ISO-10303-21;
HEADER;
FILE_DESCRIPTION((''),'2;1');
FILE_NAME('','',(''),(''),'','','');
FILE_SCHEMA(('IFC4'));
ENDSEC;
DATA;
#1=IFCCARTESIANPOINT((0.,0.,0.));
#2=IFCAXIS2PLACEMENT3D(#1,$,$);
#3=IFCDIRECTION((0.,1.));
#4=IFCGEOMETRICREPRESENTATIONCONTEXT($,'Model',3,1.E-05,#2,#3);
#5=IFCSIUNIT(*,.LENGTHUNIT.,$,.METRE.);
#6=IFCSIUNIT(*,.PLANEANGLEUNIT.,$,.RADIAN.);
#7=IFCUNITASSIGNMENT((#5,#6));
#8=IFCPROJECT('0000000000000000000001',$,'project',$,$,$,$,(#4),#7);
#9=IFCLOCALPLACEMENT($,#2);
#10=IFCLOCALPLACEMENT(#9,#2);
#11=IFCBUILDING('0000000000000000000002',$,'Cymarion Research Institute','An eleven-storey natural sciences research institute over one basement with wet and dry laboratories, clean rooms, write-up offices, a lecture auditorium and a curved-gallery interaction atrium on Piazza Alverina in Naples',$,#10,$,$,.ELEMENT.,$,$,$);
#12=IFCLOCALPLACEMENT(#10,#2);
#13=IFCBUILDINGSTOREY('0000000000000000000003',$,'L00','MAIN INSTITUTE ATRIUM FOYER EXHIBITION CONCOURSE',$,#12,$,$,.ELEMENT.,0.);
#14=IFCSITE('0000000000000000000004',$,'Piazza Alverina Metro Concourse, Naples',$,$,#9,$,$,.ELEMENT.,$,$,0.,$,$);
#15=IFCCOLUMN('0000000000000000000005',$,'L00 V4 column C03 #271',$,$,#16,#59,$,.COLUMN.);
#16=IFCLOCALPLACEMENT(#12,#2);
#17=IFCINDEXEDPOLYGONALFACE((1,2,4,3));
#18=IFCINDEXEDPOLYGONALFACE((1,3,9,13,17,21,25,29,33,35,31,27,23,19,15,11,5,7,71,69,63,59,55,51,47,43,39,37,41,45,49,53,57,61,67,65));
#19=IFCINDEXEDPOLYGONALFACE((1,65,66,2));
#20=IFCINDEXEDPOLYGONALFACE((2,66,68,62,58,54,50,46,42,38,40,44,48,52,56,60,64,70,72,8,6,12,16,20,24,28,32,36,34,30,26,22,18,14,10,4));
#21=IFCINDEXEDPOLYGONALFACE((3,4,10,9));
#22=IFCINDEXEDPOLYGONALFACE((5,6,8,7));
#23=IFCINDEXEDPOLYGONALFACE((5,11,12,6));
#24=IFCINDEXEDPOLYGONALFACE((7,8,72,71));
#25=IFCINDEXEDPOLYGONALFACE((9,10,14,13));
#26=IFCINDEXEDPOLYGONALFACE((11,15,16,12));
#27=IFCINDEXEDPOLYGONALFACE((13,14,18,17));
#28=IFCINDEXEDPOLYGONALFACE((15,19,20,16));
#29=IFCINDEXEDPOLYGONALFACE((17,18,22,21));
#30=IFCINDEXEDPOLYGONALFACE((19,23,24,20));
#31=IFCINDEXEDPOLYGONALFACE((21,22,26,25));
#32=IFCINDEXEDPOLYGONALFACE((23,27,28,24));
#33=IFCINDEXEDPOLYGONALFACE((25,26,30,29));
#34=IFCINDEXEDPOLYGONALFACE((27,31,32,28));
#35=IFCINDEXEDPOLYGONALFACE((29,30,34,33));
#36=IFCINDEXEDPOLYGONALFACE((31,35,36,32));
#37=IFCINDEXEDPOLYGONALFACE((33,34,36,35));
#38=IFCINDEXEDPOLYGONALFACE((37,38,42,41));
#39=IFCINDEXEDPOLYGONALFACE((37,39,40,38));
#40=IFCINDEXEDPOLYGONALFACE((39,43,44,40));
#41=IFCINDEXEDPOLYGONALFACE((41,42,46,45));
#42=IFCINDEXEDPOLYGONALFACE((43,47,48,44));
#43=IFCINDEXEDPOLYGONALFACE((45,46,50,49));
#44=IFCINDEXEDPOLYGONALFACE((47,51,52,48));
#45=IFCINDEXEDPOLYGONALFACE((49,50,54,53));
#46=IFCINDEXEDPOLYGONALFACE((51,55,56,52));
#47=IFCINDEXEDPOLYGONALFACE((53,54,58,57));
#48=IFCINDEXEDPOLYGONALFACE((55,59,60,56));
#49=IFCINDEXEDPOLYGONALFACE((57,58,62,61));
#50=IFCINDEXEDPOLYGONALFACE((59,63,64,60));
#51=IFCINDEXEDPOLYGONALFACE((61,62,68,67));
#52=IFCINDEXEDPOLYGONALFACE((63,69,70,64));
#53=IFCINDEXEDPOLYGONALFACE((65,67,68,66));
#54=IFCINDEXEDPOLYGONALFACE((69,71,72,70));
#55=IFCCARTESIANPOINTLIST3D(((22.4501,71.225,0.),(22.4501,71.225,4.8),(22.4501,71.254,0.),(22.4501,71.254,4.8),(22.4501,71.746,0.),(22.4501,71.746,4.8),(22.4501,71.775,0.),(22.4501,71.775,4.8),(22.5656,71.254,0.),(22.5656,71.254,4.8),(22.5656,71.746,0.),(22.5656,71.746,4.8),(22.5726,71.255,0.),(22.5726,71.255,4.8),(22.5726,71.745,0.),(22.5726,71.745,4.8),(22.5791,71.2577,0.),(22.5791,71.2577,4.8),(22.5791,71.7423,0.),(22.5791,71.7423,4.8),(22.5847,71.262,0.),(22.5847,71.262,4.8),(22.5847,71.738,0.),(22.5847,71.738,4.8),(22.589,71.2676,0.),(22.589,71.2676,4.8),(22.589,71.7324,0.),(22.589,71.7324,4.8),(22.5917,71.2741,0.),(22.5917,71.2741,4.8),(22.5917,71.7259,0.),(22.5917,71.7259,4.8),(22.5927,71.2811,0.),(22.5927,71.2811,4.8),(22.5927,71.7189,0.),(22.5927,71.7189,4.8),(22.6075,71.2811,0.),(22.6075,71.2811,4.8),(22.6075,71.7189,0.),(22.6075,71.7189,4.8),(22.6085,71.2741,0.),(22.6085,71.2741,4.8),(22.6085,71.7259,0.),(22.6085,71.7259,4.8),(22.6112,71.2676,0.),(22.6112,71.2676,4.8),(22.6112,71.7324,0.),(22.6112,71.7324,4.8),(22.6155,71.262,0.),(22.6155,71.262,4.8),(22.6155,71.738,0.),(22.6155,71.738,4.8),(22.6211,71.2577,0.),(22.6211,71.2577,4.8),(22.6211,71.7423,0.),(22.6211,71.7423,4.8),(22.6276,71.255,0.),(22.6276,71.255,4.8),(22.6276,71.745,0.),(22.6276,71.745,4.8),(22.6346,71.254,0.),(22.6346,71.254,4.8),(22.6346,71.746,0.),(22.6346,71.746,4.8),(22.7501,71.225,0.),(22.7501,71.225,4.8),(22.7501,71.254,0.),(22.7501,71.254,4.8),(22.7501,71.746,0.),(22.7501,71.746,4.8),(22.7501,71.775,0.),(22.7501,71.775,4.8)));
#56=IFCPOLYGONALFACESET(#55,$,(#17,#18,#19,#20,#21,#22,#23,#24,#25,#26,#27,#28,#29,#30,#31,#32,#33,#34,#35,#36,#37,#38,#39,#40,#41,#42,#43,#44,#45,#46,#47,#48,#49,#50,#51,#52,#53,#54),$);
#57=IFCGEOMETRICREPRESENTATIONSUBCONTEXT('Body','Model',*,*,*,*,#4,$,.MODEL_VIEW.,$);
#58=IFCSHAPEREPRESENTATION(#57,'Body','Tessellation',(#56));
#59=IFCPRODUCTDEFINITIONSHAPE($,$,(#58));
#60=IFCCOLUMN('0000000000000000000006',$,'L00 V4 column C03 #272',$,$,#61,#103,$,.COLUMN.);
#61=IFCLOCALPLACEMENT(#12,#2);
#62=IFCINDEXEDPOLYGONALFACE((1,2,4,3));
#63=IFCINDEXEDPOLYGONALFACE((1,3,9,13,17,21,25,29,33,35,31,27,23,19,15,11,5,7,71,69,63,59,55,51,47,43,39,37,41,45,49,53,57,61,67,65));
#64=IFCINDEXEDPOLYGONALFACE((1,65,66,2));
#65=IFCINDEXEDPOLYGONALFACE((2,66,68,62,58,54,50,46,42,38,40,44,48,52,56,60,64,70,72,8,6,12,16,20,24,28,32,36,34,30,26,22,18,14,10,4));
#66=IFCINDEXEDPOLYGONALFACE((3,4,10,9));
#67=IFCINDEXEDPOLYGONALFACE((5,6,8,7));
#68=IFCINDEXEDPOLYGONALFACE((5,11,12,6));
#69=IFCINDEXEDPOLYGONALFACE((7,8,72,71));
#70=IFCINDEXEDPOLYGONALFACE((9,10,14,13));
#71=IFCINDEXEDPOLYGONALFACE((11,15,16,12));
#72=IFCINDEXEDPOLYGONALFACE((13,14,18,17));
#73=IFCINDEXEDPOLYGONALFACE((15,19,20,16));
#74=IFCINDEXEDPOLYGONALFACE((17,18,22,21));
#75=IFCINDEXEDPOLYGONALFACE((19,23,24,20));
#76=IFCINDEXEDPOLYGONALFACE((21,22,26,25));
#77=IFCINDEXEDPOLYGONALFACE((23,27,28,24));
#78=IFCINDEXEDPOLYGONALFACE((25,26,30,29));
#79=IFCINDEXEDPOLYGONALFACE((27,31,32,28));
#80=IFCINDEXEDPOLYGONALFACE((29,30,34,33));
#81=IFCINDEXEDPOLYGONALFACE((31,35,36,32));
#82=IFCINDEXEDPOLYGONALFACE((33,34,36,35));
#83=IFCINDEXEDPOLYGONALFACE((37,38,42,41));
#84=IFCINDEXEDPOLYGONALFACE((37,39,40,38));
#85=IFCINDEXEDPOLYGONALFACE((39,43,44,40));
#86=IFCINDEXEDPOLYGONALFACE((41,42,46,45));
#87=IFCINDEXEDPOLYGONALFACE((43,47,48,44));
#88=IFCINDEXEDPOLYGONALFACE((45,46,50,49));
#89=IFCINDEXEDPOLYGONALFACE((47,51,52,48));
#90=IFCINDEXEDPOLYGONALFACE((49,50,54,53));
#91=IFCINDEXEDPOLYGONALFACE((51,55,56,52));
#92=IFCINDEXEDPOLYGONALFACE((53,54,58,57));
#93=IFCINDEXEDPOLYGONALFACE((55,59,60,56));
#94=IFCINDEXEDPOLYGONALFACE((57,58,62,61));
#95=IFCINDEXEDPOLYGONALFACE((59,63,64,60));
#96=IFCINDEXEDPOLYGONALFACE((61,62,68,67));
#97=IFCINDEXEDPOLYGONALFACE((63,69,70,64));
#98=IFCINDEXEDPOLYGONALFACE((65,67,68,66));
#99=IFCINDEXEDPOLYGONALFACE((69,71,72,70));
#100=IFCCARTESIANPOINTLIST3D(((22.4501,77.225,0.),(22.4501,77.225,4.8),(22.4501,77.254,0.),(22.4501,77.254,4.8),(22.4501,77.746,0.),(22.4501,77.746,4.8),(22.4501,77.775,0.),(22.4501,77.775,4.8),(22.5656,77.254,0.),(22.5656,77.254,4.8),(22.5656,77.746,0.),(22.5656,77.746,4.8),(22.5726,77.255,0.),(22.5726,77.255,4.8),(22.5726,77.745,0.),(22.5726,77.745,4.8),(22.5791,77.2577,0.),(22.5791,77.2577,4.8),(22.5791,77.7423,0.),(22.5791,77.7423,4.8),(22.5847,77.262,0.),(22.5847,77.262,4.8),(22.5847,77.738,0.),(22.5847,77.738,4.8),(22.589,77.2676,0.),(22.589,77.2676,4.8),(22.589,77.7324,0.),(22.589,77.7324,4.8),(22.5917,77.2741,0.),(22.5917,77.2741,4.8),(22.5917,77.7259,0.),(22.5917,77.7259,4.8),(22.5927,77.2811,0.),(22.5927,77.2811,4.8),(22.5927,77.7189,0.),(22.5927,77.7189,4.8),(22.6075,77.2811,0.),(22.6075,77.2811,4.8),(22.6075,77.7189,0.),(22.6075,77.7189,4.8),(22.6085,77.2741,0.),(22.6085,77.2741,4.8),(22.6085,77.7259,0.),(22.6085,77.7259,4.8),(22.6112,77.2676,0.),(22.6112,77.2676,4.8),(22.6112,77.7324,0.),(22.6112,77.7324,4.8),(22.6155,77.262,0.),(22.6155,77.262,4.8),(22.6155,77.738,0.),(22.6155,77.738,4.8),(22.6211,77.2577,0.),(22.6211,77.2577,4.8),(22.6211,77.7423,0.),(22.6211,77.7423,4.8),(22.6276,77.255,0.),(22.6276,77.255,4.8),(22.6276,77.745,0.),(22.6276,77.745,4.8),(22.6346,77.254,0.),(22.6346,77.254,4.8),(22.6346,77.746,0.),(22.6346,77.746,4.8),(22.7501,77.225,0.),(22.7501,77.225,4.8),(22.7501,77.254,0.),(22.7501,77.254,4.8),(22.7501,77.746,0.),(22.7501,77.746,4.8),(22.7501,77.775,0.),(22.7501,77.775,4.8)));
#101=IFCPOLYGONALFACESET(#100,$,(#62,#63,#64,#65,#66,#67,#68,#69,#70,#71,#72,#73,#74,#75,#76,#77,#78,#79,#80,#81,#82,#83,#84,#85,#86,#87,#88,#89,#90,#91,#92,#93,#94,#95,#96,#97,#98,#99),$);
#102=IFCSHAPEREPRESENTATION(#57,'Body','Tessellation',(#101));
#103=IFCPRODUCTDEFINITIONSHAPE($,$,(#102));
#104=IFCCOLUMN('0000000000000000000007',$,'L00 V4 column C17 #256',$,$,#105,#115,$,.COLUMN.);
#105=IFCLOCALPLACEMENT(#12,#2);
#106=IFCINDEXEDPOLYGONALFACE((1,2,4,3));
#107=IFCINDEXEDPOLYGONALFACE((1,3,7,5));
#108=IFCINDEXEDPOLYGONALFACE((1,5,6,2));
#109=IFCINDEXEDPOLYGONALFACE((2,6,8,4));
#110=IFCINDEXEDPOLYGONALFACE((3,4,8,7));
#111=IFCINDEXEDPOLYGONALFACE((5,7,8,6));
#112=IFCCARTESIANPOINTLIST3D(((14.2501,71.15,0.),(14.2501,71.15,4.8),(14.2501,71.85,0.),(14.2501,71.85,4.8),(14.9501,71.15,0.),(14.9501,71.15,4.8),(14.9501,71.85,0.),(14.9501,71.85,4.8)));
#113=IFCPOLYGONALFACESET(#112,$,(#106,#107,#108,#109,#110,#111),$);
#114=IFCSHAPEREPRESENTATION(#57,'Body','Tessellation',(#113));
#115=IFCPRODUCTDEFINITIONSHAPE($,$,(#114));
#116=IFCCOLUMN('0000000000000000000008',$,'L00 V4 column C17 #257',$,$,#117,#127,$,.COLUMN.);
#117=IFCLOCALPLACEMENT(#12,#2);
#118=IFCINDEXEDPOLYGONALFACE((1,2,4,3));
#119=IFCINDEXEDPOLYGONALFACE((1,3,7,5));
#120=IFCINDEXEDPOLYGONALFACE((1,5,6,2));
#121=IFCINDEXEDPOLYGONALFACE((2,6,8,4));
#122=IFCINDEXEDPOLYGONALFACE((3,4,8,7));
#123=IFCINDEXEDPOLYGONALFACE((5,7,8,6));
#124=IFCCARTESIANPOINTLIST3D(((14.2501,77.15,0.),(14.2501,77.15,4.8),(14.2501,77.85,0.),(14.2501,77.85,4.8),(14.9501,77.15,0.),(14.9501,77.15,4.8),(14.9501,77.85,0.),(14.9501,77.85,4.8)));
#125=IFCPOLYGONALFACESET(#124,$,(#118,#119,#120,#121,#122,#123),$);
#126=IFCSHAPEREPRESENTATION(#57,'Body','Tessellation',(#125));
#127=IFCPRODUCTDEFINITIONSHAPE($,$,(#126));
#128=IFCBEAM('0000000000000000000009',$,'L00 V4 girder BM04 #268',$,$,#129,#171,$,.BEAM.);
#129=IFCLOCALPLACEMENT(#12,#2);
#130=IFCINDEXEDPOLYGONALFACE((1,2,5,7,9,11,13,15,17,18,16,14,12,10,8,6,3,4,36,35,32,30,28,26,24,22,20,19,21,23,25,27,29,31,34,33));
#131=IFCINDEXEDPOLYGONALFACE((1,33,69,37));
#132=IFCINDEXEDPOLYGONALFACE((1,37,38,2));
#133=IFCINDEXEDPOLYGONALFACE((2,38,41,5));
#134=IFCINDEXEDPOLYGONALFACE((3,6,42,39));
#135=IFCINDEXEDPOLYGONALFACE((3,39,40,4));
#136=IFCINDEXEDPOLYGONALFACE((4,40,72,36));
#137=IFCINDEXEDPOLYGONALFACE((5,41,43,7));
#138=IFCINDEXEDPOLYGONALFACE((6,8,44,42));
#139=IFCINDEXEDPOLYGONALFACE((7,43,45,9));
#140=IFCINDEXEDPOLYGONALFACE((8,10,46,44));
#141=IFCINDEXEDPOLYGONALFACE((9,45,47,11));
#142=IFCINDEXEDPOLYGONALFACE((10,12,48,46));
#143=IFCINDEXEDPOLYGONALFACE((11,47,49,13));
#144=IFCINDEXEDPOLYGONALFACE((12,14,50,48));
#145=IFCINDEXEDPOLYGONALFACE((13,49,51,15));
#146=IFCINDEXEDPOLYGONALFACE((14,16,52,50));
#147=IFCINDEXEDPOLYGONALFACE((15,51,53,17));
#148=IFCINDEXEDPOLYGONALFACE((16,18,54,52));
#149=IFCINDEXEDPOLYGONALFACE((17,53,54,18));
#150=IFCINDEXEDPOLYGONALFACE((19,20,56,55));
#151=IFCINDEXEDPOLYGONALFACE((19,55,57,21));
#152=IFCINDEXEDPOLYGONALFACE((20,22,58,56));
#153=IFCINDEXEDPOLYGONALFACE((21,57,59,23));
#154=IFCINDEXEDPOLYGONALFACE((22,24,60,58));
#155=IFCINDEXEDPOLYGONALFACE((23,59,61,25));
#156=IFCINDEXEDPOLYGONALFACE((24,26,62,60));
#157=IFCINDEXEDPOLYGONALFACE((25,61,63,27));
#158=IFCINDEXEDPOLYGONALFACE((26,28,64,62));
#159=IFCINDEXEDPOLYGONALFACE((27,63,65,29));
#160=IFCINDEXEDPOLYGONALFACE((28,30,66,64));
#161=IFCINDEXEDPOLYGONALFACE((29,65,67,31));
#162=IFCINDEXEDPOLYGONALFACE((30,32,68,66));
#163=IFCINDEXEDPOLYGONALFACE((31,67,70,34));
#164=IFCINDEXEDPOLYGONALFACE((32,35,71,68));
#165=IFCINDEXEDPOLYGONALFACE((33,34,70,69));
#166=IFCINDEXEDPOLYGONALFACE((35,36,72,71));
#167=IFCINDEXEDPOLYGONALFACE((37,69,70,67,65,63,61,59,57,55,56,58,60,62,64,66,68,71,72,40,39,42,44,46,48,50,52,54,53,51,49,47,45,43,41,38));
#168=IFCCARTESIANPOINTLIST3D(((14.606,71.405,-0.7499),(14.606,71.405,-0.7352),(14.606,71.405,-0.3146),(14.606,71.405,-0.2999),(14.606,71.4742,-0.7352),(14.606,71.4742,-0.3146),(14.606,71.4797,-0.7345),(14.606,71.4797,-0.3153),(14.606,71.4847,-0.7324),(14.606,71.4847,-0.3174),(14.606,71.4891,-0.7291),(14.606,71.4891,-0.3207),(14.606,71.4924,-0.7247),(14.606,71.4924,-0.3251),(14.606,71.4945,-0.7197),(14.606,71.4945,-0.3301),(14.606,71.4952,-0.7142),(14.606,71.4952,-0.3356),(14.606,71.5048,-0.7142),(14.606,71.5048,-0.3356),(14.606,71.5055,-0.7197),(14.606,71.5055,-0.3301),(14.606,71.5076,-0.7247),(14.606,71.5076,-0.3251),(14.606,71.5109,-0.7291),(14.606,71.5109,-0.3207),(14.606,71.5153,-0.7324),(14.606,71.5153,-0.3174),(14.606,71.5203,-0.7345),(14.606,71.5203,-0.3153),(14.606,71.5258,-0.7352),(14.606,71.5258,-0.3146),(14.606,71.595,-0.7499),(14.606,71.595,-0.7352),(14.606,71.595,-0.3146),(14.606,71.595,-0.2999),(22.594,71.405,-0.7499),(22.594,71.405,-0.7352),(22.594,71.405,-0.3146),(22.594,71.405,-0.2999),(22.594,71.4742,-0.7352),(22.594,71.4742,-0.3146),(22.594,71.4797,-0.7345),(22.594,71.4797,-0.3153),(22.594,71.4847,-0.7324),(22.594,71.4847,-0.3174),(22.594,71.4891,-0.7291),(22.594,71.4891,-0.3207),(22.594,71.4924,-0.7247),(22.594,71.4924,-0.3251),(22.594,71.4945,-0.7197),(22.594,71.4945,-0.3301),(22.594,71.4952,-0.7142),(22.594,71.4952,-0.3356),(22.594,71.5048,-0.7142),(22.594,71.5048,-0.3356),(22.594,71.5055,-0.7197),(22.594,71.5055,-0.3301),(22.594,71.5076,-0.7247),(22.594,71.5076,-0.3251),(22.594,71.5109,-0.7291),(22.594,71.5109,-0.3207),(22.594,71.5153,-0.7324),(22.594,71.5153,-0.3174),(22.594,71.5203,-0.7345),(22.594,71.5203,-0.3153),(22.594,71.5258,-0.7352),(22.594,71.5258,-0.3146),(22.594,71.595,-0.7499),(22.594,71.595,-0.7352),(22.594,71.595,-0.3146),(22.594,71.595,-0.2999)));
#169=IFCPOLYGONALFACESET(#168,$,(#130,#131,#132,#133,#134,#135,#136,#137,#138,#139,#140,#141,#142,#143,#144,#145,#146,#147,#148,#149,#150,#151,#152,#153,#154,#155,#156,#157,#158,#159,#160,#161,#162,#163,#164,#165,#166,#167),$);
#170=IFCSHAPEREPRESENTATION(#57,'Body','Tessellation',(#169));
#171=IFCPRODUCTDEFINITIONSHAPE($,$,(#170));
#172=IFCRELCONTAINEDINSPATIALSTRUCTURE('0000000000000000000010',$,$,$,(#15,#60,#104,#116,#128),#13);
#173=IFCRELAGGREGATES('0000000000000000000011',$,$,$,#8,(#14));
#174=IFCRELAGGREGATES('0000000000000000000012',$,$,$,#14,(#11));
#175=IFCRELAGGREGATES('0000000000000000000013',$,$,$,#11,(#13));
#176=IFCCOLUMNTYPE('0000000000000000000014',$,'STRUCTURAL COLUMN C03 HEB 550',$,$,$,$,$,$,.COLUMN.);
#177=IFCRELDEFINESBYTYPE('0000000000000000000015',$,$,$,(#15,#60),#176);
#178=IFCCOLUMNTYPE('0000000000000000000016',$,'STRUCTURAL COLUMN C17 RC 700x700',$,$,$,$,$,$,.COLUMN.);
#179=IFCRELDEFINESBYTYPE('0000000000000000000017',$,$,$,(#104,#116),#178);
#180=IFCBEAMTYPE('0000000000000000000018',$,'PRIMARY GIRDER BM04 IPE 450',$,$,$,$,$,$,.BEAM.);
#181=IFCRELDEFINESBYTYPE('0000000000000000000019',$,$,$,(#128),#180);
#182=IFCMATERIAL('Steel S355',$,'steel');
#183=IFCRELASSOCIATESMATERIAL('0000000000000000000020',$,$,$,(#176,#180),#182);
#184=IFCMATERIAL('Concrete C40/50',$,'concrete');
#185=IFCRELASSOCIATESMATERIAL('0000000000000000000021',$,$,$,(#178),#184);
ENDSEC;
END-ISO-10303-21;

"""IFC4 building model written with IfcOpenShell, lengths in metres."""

from ifc_helpers import new_model, si_unit, direction, frame, origin, origin_2d, place, context, subcontext, project, spatial, rectangle, i_section, extrude, material, material_profile, profile_set, type_object, element, save


model = new_model("IFC4")

# Units and contexts
model_context = context("Model", 3, precision=1e-05, world=origin(), true_north=direction((0.0, 1.0)))
body_context = subcontext(model_context, "Body", "Model", "MODEL_VIEW")
ifc_project = project(units=[si_unit("LENGTHUNIT", "METRE"), si_unit("PLANEANGLEUNIT", "RADIAN")], contexts=[model_context])

# Site, building, storey
site_placement = place(None, origin())
site = spatial("IfcSite", under=ifc_project, at=site_placement, Name="Piazza Alverina Metro Concourse, Naples", CompositionType="ELEMENT", RefElevation=0.0)
building_placement = place(site_placement, origin())
building = spatial("IfcBuilding", under=site, at=building_placement, Name="Cymarion Research Institute", Description="An eleven-storey natural sciences research institute over one basement with wet and dry laboratories, clean rooms, write-up offices, a lecture auditorium and a curved-gallery interaction atrium on Piazza Alverina in Naples", CompositionType="ELEMENT")
storey_placement = place(building_placement, origin())
storey = spatial("IfcBuildingStorey", under=building, at=storey_placement, Name="L00", Description="MAIN INSTITUTE ATRIUM FOYER EXHIBITION CONCOURSE", CompositionType="ELEMENT", Elevation=0.0)

# Columns
ifc_material_1 = material(Name="Steel S355", Category="steel")
ifc_material_profile_1 = material_profile(ifc_material_1, i_section(OverallWidth=0.3, OverallDepth=0.55, WebThickness=0.0149, FlangeThickness=0.0291, FilletRadius=0.0271, at=origin_2d()), Name="HEB 550")
ifc_profile_set_1 = profile_set([ifc_material_profile_1], Name="Steel S355")
column_type_1 = type_object("IfcColumnType", Name="STRUCTURAL COLUMN C03 HEB 550", PredefinedType="COLUMN", material=ifc_profile_set_1)
for number, where, z_axis, x_axis, name in (
    (1, (22.6001, 71.5, 0.0), (0.0, 0.0, 1.0), (1.0, 0.0, 0.0), "L00 V4 column C03 #271"),
    (2, (22.6001, 77.5, 0.0), (0.0, 0.0, 1.0), (1.0, 0.0, 0.0), "L00 V4 column C03 #272"),
):
    element("IfcColumn", number, at=place(storey_placement, frame(where, z_axis=z_axis, x_axis=x_axis)), inside=storey, type_object=column_type_1, Name=name, PredefinedType="COLUMN", context=body_context, shape_type="SweptSolid", body=[
        extrude(i_section(OverallWidth=0.3, OverallDepth=0.55, WebThickness=0.0149, FlangeThickness=0.0291, FilletRadius=0.0271, at=origin_2d()), origin(), (0.0, 0.0, 1.0), 4.8),
    ])
ifc_material_2 = material(Name="Concrete C40/50", Category="concrete")
ifc_material_profile_2 = material_profile(ifc_material_2, rectangle(XDim=0.7, YDim=0.7, at=origin_2d()), Name="RC 700x700")
ifc_profile_set_2 = profile_set([ifc_material_profile_2], Name="Concrete C40/50")
column_type_2 = type_object("IfcColumnType", Name="STRUCTURAL COLUMN C17 RC 700x700", PredefinedType="COLUMN", material=ifc_profile_set_2)
for number, where, z_axis, x_axis, name in (
    (3, (14.6001, 71.5, 0.0), (0.0, 0.0, 1.0), (1.0, 0.0, 0.0), "L00 V4 column C17 #256"),
    (4, (14.6001, 77.5, 0.0), (0.0, 0.0, 1.0), (1.0, 0.0, 0.0), "L00 V4 column C17 #257"),
):
    element("IfcColumn", number, at=place(storey_placement, frame(where, z_axis=z_axis, x_axis=x_axis)), inside=storey, type_object=column_type_2, Name=name, PredefinedType="COLUMN", context=body_context, shape_type="SweptSolid", body=[
        extrude(rectangle(XDim=0.7, YDim=0.7, at=origin_2d()), origin(), (0.0, 0.0, 1.0), 4.8),
    ])

# Beam
ifc_material_profile_3 = material_profile(ifc_material_1, i_section(OverallWidth=0.1899, OverallDepth=0.45, WebThickness=0.0095, FlangeThickness=0.0146, FilletRadius=0.021, at=origin_2d()), Name="IPE 450")
ifc_profile_set_3 = profile_set([ifc_material_profile_3], Name="Steel S355")
beam_type_1 = type_object("IfcBeamType", Name="PRIMARY GIRDER BM04 IPE 450", PredefinedType="BEAM", material=ifc_profile_set_3)
for number, where, z_axis, x_axis, name in (
    (5, (14.606, 71.5, -0.5249), (1.0, 0.0, 0.0), (0.0, 1.0, 0.0), "L00 V4 girder BM04 #268"),
):
    element("IfcBeam", number, at=place(storey_placement, frame(where, z_axis=z_axis, x_axis=x_axis)), inside=storey, type_object=beam_type_1, Name=name, PredefinedType="BEAM", context=body_context, shape_type="SweptSolid", body=[
        extrude(i_section(OverallWidth=0.1899, OverallDepth=0.45, WebThickness=0.0095, FlangeThickness=0.0146, FilletRadius=0.021, at=origin_2d()), origin(), (0.0, 0.0, 1.0), 7.988),
    ])

save(model, "model.ifc")
